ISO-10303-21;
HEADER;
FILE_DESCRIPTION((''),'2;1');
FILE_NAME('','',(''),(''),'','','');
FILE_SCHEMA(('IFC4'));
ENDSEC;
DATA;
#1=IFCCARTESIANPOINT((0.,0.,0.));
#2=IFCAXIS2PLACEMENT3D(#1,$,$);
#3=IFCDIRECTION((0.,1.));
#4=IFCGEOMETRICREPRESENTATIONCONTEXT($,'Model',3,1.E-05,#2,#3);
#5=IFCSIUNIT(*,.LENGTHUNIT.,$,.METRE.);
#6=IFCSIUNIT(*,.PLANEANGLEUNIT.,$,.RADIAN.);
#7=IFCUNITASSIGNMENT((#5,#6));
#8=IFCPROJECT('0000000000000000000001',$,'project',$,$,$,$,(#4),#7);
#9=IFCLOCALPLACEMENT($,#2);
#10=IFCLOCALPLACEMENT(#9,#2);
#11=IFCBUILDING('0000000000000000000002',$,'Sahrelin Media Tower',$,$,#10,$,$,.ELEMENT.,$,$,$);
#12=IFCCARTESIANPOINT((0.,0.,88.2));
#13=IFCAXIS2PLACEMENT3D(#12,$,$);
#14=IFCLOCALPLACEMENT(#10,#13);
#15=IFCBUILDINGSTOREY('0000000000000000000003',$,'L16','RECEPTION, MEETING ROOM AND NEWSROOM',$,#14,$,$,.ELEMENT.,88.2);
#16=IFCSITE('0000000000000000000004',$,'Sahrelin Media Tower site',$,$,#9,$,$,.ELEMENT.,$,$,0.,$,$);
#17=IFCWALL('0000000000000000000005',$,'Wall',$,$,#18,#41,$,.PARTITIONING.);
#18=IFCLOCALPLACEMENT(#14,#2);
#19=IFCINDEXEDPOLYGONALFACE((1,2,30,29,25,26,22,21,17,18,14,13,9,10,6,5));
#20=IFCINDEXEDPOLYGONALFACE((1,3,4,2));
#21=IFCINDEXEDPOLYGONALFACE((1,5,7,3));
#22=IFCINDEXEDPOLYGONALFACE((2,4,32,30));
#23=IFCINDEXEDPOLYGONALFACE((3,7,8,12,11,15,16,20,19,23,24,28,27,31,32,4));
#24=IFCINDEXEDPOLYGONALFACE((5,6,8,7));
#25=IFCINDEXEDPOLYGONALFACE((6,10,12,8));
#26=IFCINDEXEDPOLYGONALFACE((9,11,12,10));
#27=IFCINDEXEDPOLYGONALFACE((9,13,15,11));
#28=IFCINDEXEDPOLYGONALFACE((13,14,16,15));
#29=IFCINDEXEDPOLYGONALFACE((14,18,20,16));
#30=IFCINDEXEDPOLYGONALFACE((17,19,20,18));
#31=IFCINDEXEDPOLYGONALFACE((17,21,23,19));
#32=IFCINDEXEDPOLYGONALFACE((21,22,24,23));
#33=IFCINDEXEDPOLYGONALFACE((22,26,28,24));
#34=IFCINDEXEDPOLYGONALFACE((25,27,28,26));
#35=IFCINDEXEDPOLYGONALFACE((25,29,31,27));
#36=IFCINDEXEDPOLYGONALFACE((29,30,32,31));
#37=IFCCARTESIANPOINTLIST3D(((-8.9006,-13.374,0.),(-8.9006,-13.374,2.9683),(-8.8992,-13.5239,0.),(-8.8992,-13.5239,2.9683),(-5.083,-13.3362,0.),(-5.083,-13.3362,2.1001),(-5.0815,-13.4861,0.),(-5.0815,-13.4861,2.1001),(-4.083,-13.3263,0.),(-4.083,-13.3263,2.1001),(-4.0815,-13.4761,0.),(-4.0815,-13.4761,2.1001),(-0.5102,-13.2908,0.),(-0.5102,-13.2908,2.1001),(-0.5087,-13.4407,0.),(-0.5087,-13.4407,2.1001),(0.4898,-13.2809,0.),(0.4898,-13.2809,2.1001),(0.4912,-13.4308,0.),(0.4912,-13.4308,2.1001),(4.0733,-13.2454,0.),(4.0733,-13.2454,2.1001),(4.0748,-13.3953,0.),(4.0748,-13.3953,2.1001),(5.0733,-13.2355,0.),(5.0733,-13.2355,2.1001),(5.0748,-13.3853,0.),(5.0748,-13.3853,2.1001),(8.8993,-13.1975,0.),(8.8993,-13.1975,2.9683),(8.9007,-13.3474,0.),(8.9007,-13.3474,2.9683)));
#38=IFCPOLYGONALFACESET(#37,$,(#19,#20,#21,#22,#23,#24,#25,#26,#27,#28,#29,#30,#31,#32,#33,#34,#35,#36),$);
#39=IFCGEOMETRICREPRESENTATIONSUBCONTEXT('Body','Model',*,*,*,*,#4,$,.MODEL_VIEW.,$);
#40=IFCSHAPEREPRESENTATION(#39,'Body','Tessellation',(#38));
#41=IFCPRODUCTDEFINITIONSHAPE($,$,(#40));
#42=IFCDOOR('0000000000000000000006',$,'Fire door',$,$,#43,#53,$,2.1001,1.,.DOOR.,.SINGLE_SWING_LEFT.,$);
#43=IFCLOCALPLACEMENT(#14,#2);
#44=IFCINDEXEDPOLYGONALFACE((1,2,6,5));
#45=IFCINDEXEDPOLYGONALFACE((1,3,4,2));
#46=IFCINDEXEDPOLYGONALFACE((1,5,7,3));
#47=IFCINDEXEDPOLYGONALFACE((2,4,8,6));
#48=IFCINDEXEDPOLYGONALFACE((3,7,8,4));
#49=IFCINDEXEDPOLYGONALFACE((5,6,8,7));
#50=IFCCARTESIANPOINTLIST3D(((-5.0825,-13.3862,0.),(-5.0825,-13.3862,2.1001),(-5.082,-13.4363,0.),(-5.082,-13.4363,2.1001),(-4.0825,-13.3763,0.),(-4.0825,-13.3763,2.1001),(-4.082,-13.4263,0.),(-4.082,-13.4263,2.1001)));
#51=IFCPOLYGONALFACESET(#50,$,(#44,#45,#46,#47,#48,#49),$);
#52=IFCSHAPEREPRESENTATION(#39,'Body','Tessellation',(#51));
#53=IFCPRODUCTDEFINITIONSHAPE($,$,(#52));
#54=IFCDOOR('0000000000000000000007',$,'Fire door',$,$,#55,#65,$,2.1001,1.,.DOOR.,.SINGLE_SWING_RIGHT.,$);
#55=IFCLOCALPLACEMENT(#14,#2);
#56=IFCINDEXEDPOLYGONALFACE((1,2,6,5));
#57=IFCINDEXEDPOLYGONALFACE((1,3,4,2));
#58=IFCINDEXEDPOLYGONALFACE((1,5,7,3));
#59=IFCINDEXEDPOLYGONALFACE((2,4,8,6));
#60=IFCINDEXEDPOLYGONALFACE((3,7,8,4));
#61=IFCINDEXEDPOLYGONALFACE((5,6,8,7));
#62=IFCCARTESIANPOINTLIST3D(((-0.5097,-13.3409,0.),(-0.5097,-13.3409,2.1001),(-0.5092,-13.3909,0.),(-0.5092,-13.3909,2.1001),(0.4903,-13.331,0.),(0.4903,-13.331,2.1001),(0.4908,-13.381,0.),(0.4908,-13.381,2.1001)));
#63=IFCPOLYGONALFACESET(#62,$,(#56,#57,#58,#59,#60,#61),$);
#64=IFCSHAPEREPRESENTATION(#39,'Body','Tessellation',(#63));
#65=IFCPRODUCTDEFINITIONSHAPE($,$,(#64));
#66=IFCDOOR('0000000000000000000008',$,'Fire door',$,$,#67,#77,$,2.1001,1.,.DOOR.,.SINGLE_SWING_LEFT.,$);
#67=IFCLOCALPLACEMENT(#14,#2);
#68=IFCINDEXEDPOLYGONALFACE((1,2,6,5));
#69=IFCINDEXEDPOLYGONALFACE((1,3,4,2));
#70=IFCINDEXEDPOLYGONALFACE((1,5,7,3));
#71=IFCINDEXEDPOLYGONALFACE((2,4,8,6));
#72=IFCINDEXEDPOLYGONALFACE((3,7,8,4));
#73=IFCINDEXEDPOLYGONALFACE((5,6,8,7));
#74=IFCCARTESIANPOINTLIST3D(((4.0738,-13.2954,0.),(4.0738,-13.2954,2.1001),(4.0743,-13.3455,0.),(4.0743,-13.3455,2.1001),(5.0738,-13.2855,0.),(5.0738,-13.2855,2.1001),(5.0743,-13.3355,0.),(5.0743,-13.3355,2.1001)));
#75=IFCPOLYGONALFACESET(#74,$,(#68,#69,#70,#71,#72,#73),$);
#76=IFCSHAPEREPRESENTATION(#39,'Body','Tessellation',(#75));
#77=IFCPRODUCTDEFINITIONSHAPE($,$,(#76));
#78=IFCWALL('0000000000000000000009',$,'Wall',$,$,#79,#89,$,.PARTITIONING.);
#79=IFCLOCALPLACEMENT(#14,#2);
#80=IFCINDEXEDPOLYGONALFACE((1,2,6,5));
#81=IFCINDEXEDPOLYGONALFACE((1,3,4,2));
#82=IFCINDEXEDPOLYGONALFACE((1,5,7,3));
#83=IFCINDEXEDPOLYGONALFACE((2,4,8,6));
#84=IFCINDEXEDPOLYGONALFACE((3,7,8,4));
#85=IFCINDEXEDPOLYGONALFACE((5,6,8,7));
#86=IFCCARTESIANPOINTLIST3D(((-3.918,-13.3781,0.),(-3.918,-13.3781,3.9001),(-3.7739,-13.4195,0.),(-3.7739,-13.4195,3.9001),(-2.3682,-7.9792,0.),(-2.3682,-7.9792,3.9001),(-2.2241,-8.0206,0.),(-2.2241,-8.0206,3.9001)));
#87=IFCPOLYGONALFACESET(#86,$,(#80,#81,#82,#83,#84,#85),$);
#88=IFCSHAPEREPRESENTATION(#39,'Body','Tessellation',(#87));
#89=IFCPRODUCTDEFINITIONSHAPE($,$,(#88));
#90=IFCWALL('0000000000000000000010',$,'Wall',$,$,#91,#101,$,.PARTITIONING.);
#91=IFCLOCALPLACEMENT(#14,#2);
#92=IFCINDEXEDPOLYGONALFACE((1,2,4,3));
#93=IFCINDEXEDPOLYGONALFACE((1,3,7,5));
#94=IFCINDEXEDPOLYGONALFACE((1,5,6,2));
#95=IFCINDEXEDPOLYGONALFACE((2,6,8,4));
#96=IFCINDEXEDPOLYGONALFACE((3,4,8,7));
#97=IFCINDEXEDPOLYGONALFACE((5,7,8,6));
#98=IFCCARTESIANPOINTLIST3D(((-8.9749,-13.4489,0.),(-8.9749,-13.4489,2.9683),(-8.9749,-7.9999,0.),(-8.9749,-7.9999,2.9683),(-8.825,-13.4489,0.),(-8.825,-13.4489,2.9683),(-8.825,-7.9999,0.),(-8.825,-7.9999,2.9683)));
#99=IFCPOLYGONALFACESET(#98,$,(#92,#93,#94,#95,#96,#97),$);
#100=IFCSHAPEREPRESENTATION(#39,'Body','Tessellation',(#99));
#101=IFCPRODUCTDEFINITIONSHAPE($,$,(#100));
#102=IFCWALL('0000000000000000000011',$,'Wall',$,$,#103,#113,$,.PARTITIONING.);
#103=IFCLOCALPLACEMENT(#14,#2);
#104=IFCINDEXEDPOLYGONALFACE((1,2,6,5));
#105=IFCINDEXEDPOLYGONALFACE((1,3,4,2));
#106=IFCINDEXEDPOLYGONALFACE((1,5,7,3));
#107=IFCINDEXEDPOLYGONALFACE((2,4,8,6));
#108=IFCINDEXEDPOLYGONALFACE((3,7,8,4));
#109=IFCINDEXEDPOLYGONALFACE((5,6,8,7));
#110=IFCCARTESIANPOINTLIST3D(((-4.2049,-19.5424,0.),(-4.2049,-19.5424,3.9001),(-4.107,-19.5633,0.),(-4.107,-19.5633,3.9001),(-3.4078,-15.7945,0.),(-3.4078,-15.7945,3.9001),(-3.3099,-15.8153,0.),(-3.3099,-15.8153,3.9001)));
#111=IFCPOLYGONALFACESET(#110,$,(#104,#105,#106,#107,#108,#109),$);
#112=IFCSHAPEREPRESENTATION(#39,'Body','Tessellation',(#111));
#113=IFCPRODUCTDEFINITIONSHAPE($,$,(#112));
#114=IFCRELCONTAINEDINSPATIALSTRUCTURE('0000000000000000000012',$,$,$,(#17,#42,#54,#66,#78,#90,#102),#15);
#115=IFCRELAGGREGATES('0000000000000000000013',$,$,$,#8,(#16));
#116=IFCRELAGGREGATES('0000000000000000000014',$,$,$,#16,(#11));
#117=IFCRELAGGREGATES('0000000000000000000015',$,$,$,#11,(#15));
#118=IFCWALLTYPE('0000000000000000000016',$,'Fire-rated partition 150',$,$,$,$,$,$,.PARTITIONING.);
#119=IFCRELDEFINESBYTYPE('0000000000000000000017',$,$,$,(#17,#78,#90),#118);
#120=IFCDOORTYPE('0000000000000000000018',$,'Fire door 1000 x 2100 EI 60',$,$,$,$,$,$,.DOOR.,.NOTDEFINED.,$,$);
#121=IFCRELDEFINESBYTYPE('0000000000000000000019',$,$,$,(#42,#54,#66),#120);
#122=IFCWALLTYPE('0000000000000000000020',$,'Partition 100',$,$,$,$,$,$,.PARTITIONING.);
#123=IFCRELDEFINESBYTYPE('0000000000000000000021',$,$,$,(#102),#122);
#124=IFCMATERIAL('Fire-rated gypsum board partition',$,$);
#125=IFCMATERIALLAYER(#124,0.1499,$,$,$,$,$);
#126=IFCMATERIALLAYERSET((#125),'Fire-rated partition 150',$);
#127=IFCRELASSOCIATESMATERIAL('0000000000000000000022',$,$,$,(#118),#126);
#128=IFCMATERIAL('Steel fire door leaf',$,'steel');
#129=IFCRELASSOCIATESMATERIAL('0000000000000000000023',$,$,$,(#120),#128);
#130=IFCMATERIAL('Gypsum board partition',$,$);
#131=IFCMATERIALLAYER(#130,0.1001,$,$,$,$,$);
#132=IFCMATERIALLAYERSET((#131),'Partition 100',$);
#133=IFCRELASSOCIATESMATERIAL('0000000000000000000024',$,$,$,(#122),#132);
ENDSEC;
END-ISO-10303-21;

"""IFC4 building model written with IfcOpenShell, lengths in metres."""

from ifc_helpers import new_model, si_unit, direction, frame, frame_2d, origin, place, context, subcontext, project, spatial, rectangle, extrude, material, layer, layer_set, type_object, element, fill, save


model = new_model("IFC4")

# Units and contexts
model_context = context("Model", 3, precision=1e-05, world=origin(), true_north=direction((0.0, 1.0)))
body_context = subcontext(model_context, "Body", "Model", "MODEL_VIEW")
ifc_project = project(units=[si_unit("LENGTHUNIT", "METRE"), si_unit("PLANEANGLEUNIT", "RADIAN")], contexts=[model_context])

# Site, building, storey
site_placement = place(None, origin())
site = spatial("IfcSite", under=ifc_project, at=site_placement, Name="Sahrelin Media Tower site", CompositionType="ELEMENT", RefElevation=0.0)
building_placement = place(site_placement, origin())
building = spatial("IfcBuilding", under=site, at=building_placement, Name="Sahrelin Media Tower", CompositionType="ELEMENT")
storey_placement = place(building_placement, frame((0.0, 0.0, 88.2)))
storey = spatial("IfcBuildingStorey", under=building, at=storey_placement, Name="L16", Description="RECEPTION, MEETING ROOM AND NEWSROOM", CompositionType="ELEMENT", Elevation=88.2)

# Wall, openings, doors
ifc_material_1 = material(Name="Fire-rated gypsum board partition")
ifc_layer_1 = layer(ifc_material_1, 0.1499)
ifc_layer_set_1 = layer_set([ifc_layer_1], Name="Fire-rated partition 150")
wall_type_1 = type_object("IfcWallType", Name="Fire-rated partition 150", PredefinedType="PARTITIONING", material=ifc_layer_set_1)
wall_1_placement = place(storey_placement, frame((-8.8999, -13.449, 0.0), z_axis=(0.0, 0.0, 1.0), x_axis=(0.999951, 0.009916, 0.0)))
wall_1 = element("IfcWall", 1, at=wall_1_placement, inside=storey, type_object=wall_type_1, Name="Wall", PredefinedType="PARTITIONING", context=body_context, shape_type="SweptSolid", body=[
    extrude(rectangle(XDim=17.8008, YDim=0.1499, at=frame_2d((8.9004, 0.0))), origin(), (0.0, 0.0, 1.0), 2.9683),
])
opening_1_placement = place(wall_1_placement, frame((3.8179, 0.0, 0.0)))
opening_1 = element("IfcOpeningElement", 2, at=opening_1_placement, cuts=wall_1, PredefinedType="OPENING", context=body_context, shape_type="SweptSolid", body=[
    extrude(rectangle(XDim=1.0, YDim=2.1001, at=frame_2d((0.5, 1.05))), frame((0.0, 0.075, 0.0), z_axis=(0.0, -1.0, 0.0), x_axis=(1.0, 0.0, 0.0)), (0.0, 0.0, 1.0), 0.1499),
])
opening_2_placement = place(wall_1_placement, frame((8.3909, 0.0, 0.0)))
opening_2 = element("IfcOpeningElement", 3, at=opening_2_placement, cuts=wall_1, PredefinedType="OPENING", context=body_context, shape_type="SweptSolid", body=[
    extrude(rectangle(XDim=1.0, YDim=2.1001, at=frame_2d((0.5, 1.05))), frame((0.0, 0.075, 0.0), z_axis=(0.0, -1.0, 0.0), x_axis=(1.0, 0.0, 0.0)), (0.0, 0.0, 1.0), 0.1499),
])
opening_3_placement = place(wall_1_placement, frame((12.9746, 0.0, 0.0)))
opening_3 = element("IfcOpeningElement", 4, at=opening_3_placement, cuts=wall_1, PredefinedType="OPENING", context=body_context, shape_type="SweptSolid", body=[
    extrude(rectangle(XDim=1.0, YDim=2.1001, at=frame_2d((0.5, 1.05))), frame((0.0, 0.075, 0.0), z_axis=(0.0, -1.0, 0.0), x_axis=(1.0, 0.0, 0.0)), (0.0, 0.0, 1.0), 0.1499),
])
ifc_material_2 = material(Name="Steel fire door leaf", Category="steel")
door_type = type_object("IfcDoorType", Name="Fire door 1000 x 2100 EI 60", OperationType="NOTDEFINED", PredefinedType="DOOR", material=ifc_material_2)
door_1_placement = place(opening_1_placement, origin())
door_1 = element("IfcDoor", 5, at=door_1_placement, inside=storey, type_object=door_type, Name="Fire door", OperationType="SINGLE_SWING_LEFT", OverallHeight=2.1001, OverallWidth=1.0, PredefinedType="DOOR", context=body_context, shape_type="SweptSolid", body=[
    extrude(rectangle(XDim=1.0, YDim=2.1001, at=frame_2d((0.5, 1.05))), frame((0.0, 0.0249, 0.0), z_axis=(0.0, -1.0, 0.0), x_axis=(1.0, 0.0, 0.0)), (0.0, 0.0, 1.0), 0.05),
])
fill(opening_1, door_1)
door_2_placement = place(opening_2_placement, origin())
door_2 = element("IfcDoor", 6, at=door_2_placement, inside=storey, type_object=door_type, Name="Fire door", OperationType="SINGLE_SWING_RIGHT", OverallHeight=2.1001, OverallWidth=1.0, PredefinedType="DOOR", context=body_context, shape_type="SweptSolid", body=[
    extrude(rectangle(XDim=1.0, YDim=2.1001, at=frame_2d((0.5, 1.05))), frame((0.0, 0.0249, 0.0), z_axis=(0.0, -1.0, 0.0), x_axis=(1.0, 0.0, 0.0)), (0.0, 0.0, 1.0), 0.05),
])
fill(opening_2, door_2)
door_3_placement = place(opening_3_placement, origin())
door_3 = element("IfcDoor", 7, at=door_3_placement, inside=storey, type_object=door_type, Name="Fire door", OperationType="SINGLE_SWING_LEFT", OverallHeight=2.1001, OverallWidth=1.0, PredefinedType="DOOR", context=body_context, shape_type="SweptSolid", body=[
    extrude(rectangle(XDim=1.0, YDim=2.1001, at=frame_2d((0.5, 1.05))), frame((0.0, 0.0249, 0.0), z_axis=(0.0, -1.0, 0.0), x_axis=(1.0, 0.0, 0.0)), (0.0, 0.0, 1.0), 0.05),
])
fill(opening_3, door_3)

# Walls
wall_2_placement = place(storey_placement, frame((-3.8459, -13.3989, 0.0), z_axis=(0.0, 0.0, 1.0), x_axis=(0.275915, 0.961182, 0.0)))
element("IfcWall", 8, at=wall_2_placement, inside=storey, type_object=wall_type_1, Name="Wall", PredefinedType="PARTITIONING", context=body_context, shape_type="SweptSolid", body=[
    extrude(rectangle(XDim=5.6169, YDim=0.1499, at=frame_2d((2.8086, 0.0))), origin(), (0.0, 0.0, 1.0), 3.9001),
])
wall_3_placement = place(storey_placement, frame((-8.8999, -13.449, 0.0), z_axis=(0.0, 0.0, 1.0), x_axis=(0.0, 1.0, 0.0)))
element("IfcWall", 9, at=wall_3_placement, inside=storey, type_object=wall_type_1, Name="Wall", PredefinedType="PARTITIONING", context=body_context, shape_type="SweptSolid", body=[
    extrude(rectangle(XDim=5.449, YDim=0.1499, at=frame_2d((2.7246, 0.0))), origin(), (0.0, 0.0, 1.0), 2.9683),
])
ifc_material_3 = material(Name="Gypsum board partition")
ifc_layer_2 = layer(ifc_material_3, 0.1001)
ifc_layer_set_2 = layer_set([ifc_layer_2], Name="Partition 100")
wall_type_2 = type_object("IfcWallType", Name="Partition 100", PredefinedType="PARTITIONING", material=ifc_layer_set_2)
wall_4_placement = place(storey_placement, frame((-4.156, -19.553, 0.0), z_axis=(0.0, 0.0, 1.0), x_axis=(0.208023, 0.978124, 0.0)))
element("IfcWall", 10, at=wall_4_placement, inside=storey, type_object=wall_type_2, Name="Wall", PredefinedType="PARTITIONING", context=body_context, shape_type="SweptSolid", body=[
    extrude(rectangle(XDim=3.8318, YDim=0.1001, at=frame_2d((1.916, 0.0))), origin(), (0.0, 0.0, 1.0), 3.9001),
])

save(model, "model.ifc")
